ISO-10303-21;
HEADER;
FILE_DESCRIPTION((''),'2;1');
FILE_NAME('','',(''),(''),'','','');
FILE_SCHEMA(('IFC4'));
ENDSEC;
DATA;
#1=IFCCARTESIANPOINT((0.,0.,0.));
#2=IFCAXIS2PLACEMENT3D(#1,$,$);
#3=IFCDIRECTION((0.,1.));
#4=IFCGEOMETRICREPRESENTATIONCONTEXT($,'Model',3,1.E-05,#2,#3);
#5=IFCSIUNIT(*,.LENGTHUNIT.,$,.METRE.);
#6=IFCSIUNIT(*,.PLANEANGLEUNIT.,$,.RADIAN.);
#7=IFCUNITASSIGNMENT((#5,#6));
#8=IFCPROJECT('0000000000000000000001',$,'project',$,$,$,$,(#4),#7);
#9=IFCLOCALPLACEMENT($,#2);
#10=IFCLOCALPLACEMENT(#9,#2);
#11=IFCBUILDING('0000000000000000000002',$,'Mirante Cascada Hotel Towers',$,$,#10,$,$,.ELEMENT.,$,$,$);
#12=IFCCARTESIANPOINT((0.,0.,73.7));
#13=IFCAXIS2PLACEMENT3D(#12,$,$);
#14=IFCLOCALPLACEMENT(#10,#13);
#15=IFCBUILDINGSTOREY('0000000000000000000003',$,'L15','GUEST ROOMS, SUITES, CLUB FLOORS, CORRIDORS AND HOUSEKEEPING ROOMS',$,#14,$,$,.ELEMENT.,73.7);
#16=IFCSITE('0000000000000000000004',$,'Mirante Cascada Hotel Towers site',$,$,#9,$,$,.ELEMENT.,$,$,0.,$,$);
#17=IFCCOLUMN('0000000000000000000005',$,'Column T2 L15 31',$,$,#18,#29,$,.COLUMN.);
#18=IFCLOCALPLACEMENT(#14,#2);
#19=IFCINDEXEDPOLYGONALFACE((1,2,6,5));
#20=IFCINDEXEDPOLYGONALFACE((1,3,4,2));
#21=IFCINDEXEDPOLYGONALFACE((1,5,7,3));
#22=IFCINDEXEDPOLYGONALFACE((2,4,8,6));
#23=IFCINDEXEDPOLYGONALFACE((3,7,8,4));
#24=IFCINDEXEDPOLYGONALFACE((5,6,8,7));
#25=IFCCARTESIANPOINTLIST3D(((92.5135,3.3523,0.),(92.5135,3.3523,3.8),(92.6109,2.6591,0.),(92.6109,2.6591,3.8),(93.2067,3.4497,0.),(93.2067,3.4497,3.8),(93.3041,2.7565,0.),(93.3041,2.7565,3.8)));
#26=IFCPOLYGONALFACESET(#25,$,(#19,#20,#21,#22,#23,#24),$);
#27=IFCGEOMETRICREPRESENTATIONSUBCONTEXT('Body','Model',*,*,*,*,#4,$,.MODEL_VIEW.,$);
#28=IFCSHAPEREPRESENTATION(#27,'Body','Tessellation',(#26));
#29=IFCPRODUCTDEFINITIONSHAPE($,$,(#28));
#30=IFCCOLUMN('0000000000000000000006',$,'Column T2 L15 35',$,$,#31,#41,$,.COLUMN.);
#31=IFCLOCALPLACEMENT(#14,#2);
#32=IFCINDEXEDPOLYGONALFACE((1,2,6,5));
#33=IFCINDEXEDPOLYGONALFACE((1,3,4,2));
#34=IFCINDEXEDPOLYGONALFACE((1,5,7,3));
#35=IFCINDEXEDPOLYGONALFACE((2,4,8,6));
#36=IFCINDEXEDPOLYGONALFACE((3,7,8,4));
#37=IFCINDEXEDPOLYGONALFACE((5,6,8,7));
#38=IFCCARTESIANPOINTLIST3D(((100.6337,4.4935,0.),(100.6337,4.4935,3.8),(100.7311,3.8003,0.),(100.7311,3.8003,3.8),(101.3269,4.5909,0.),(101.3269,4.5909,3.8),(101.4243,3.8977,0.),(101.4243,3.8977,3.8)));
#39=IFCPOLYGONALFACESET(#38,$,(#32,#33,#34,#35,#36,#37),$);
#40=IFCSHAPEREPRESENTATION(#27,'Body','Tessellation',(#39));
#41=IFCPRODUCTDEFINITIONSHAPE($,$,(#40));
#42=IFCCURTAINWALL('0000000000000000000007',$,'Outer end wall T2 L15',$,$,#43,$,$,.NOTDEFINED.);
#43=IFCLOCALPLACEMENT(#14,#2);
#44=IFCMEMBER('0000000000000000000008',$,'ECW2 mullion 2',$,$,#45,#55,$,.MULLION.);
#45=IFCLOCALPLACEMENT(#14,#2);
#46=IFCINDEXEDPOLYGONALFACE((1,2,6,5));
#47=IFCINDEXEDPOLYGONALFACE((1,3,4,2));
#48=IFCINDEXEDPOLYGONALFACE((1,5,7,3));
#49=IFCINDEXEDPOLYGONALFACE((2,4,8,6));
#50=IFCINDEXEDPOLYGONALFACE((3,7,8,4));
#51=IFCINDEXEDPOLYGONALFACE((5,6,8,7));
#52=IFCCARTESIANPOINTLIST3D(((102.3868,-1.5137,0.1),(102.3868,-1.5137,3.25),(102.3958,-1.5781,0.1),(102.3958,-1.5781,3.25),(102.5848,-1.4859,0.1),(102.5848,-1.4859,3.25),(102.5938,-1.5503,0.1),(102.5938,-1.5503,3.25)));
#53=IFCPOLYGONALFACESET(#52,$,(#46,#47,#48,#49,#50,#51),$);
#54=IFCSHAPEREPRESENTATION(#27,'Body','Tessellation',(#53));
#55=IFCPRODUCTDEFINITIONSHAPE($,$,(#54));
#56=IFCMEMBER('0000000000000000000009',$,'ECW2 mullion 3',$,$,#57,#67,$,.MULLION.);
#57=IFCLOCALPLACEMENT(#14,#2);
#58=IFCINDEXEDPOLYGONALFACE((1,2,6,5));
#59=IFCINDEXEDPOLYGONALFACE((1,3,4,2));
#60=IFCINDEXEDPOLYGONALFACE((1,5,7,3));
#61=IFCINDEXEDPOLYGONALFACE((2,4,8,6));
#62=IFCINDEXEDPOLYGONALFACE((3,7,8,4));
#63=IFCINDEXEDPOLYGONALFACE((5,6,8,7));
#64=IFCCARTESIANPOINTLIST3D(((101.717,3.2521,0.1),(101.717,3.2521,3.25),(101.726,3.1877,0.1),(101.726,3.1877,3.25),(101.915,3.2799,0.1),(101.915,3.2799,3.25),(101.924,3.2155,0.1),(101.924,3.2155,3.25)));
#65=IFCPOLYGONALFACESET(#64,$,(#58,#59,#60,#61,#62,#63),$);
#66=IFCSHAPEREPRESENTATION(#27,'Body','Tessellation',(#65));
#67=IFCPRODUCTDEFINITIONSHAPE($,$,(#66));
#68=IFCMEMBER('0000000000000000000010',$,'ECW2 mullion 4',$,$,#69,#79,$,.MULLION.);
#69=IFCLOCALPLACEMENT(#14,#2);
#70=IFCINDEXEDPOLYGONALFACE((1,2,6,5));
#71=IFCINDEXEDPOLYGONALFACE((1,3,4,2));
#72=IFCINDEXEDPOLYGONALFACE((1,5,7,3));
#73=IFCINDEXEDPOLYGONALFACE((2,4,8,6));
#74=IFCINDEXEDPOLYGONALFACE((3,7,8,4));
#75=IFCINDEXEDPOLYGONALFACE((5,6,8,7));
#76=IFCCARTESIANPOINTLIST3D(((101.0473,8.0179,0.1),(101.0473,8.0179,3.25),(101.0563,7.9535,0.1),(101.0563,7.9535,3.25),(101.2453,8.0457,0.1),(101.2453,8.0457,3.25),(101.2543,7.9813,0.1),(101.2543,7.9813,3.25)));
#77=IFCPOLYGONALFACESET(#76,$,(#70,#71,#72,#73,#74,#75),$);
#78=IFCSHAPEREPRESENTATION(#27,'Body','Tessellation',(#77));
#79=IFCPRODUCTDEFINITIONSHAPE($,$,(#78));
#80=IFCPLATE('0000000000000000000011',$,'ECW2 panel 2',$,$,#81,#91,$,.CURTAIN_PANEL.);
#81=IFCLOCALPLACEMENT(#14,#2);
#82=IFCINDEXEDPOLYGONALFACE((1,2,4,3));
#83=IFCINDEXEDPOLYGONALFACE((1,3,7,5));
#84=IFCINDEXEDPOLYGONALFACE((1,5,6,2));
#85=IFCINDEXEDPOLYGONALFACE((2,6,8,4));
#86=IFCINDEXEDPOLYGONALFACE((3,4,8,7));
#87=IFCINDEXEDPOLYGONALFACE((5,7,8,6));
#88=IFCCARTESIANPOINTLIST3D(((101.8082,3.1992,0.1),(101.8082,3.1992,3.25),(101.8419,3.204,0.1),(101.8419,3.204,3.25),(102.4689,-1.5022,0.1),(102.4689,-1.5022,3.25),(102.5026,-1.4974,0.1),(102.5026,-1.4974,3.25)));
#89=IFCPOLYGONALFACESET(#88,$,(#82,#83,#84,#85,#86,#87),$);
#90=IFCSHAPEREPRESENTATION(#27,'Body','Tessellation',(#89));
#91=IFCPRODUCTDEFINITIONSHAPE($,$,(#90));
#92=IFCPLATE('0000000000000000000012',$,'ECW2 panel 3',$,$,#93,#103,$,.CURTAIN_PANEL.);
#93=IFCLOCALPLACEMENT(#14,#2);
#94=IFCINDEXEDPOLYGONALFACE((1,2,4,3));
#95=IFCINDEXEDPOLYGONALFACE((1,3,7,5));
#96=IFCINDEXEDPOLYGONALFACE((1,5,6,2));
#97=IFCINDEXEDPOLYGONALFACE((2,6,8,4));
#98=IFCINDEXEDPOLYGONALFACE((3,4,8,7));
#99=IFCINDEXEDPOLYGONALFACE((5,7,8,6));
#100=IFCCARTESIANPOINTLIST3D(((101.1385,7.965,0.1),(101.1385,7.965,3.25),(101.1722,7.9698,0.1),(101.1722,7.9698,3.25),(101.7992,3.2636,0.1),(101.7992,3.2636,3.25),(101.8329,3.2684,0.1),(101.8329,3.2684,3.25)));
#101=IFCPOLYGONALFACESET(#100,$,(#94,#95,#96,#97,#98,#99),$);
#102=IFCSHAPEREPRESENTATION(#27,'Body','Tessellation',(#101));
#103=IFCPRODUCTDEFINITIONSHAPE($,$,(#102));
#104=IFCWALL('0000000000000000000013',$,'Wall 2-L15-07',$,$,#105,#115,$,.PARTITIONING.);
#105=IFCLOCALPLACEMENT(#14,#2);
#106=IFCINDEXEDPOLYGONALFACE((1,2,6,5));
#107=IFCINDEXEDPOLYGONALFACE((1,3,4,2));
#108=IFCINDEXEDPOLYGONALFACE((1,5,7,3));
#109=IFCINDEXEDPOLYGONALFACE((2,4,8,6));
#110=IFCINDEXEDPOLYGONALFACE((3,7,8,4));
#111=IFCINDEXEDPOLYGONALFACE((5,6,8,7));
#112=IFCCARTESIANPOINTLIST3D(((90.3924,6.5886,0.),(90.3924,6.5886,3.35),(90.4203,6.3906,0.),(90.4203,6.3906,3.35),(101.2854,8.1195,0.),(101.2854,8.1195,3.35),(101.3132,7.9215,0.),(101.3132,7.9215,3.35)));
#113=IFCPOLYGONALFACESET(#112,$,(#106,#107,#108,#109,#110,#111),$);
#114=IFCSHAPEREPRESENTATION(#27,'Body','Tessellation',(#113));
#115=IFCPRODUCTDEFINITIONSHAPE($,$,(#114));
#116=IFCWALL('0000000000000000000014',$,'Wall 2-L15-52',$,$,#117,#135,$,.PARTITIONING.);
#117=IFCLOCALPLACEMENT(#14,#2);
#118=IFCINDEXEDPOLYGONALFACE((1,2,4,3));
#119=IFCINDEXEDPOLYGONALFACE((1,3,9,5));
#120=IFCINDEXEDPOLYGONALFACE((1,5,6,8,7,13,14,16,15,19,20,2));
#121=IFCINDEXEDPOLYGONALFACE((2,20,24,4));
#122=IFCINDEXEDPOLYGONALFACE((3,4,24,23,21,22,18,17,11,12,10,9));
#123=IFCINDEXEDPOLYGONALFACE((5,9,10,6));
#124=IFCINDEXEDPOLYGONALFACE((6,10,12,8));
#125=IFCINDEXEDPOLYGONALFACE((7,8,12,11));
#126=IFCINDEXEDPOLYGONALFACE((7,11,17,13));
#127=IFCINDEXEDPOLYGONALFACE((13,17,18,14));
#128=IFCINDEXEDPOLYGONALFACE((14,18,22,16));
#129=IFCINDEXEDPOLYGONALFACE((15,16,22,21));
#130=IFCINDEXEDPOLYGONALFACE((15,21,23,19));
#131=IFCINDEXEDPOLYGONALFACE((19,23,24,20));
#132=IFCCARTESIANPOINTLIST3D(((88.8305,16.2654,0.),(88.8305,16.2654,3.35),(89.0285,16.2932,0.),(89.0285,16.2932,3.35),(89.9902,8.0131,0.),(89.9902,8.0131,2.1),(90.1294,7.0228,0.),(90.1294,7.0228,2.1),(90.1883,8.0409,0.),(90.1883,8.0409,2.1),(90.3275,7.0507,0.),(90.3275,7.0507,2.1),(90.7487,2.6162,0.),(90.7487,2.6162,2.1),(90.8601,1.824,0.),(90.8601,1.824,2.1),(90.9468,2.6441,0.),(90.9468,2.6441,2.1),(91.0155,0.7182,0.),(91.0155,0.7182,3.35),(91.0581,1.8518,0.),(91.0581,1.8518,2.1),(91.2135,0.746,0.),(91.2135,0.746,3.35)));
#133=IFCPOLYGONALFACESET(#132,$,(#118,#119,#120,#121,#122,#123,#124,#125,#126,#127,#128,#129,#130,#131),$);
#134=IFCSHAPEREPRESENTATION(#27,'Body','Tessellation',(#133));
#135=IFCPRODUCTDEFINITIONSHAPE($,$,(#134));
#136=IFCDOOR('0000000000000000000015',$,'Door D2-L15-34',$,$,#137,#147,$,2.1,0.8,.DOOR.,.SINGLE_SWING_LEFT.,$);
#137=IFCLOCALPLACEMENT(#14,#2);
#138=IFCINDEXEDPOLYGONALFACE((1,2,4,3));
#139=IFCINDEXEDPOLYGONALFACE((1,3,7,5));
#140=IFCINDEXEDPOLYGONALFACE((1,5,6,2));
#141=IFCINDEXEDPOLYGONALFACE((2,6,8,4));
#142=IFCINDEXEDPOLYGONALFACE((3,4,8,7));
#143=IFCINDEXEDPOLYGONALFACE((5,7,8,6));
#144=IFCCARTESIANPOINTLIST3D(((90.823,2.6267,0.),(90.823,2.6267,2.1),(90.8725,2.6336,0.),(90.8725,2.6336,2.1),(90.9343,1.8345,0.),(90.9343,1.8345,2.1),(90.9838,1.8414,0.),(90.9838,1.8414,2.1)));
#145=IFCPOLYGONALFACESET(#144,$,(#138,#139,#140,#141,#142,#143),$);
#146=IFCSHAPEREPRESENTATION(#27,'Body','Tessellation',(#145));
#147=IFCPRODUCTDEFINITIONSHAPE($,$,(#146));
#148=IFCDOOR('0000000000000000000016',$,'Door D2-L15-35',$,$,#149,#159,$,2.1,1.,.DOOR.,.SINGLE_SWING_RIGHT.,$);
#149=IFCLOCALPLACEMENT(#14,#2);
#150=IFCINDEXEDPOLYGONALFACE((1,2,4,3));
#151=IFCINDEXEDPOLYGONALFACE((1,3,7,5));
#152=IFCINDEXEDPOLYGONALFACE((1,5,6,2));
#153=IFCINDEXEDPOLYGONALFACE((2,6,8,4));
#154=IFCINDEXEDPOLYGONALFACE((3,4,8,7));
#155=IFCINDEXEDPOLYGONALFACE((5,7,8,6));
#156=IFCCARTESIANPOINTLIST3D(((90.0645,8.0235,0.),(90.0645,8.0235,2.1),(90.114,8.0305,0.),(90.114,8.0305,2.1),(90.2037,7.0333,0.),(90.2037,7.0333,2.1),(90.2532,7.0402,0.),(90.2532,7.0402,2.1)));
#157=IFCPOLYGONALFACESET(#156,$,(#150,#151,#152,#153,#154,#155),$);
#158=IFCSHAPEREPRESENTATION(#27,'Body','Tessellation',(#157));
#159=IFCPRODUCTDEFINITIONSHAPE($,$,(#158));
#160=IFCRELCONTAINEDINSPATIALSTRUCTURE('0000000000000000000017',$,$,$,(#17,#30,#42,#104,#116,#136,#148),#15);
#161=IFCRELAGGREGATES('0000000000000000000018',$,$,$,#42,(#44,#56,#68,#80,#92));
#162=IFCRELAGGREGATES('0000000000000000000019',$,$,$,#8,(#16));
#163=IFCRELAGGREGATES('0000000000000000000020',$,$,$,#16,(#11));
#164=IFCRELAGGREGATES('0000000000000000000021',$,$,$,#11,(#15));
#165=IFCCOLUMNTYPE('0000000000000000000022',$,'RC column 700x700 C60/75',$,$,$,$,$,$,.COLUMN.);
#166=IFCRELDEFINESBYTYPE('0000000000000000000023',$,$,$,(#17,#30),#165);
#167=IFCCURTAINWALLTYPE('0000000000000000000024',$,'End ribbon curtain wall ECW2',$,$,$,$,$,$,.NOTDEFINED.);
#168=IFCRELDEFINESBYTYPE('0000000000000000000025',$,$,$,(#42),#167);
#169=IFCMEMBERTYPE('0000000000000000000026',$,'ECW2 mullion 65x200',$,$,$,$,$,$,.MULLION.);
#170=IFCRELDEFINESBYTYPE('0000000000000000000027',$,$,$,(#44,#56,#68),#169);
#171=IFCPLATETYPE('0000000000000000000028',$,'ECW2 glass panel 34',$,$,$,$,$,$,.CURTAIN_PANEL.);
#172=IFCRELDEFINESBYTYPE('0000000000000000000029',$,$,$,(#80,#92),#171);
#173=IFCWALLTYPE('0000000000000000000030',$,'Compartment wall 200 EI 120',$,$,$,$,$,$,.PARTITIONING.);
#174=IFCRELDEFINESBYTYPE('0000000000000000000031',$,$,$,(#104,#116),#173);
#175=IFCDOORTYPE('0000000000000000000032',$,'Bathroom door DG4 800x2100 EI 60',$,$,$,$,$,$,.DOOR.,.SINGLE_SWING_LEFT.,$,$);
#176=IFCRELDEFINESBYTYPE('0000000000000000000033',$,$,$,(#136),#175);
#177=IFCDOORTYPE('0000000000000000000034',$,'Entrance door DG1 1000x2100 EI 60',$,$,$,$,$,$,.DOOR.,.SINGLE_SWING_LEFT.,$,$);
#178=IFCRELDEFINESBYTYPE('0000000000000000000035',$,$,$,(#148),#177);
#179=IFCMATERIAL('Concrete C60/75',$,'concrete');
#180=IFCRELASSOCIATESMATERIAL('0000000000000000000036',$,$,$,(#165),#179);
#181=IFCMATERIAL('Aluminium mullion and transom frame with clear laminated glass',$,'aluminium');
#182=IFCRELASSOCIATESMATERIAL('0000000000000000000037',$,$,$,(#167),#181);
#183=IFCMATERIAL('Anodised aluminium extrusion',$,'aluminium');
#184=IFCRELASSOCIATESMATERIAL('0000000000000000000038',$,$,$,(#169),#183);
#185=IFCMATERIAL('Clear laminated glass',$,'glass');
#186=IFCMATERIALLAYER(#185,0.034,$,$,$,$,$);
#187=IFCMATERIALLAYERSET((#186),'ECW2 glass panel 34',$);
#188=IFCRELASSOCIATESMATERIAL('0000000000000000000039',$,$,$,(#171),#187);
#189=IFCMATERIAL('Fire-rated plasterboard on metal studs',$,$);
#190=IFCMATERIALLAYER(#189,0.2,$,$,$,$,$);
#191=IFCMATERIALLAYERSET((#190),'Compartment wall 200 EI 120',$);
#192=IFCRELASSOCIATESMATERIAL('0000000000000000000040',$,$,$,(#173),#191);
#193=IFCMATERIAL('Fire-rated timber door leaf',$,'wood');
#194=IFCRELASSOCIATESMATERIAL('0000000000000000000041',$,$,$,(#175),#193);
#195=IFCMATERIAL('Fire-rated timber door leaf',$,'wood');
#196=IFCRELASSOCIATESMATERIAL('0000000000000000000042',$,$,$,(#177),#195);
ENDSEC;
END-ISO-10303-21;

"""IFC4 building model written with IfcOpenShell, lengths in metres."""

from ifc_helpers import new_model, si_unit, direction, frame, frame_2d, origin, origin_2d, place, context, subcontext, project, spatial, rectangle, extrude, material, layer, layer_set, material_profile, profile_set, type_object, element, fill, aggregate, save


model = new_model("IFC4")

# Units and contexts
model_context = context("Model", 3, precision=1e-05, world=origin(), true_north=direction((0.0, 1.0)))
body_context = subcontext(model_context, "Body", "Model", "MODEL_VIEW")
ifc_project = project(units=[si_unit("LENGTHUNIT", "METRE"), si_unit("PLANEANGLEUNIT", "RADIAN")], contexts=[model_context])

# Site, building, storey
site_placement = place(None, origin())
site = spatial("IfcSite", under=ifc_project, at=site_placement, Name="Mirante Cascada Hotel Towers site", CompositionType="ELEMENT", RefElevation=0.0)
building_placement = place(site_placement, origin())
building = spatial("IfcBuilding", under=site, at=building_placement, Name="Mirante Cascada Hotel Towers", CompositionType="ELEMENT")
storey_placement = place(building_placement, frame((0.0, 0.0, 73.7)))
storey = spatial("IfcBuildingStorey", under=building, at=storey_placement, Name="L15", Description="GUEST ROOMS, SUITES, CLUB FLOORS, CORRIDORS AND HOUSEKEEPING ROOMS", CompositionType="ELEMENT", Elevation=73.7)

# Columns
ifc_material_1 = material(Name="Concrete C60/75", Category="concrete")
ifc_material_profile_1 = material_profile(ifc_material_1, rectangle(XDim=0.7, YDim=0.7, at=origin_2d()), Name="RC column 700x700 C60/75")
ifc_profile_set_1 = profile_set([ifc_material_profile_1], Name="Concrete C60/75")
column_type = type_object("IfcColumnType", Name="RC column 700x700 C60/75", PredefinedType="COLUMN", material=ifc_profile_set_1)
for number, where, z_axis, x_axis, name in (
    (1, (92.9088, 3.0544, 0.0), (0.0, 0.0, 1.0), (0.990268, 0.139173, 0.0), "Column T2 L15 31"),
    (2, (101.029, 4.1956, 0.0), (0.0, 0.0, 1.0), (0.990268, 0.139173, 0.0), "Column T2 L15 35"),
):
    element("IfcColumn", number, at=place(storey_placement, frame(where, z_axis=z_axis, x_axis=x_axis)), inside=storey, type_object=column_type, Name=name, PredefinedType="COLUMN", context=body_context, shape_type="SweptSolid", body=[
        extrude(rectangle(XDim=0.7, YDim=0.7, at=origin_2d()), origin(), (0.0, 0.0, 1.0), 3.8),
    ])

# Curtain wall, members, plates
ifc_material_2 = material(Name="Aluminium mullion and transom frame with clear laminated glass", Category="aluminium")
curtain_wall_type = type_object("IfcCurtainWallType", Name="End ribbon curtain wall ECW2", PredefinedType="NOTDEFINED", material=ifc_material_2)
curtain_wall_placement = place(storey_placement, origin())
curtain_wall = element("IfcCurtainWall", 3, at=curtain_wall_placement, inside=storey, type_object=curtain_wall_type, Name="Outer end wall T2 L15", PredefinedType="NOTDEFINED")
ifc_material_3 = material(Name="Anodised aluminium extrusion", Category="aluminium")
ifc_material_profile_2 = material_profile(ifc_material_3, rectangle(XDim=0.2, YDim=0.065, at=origin_2d()), Name="ECW2 MULLION 65x200")
ifc_profile_set_2 = profile_set([ifc_material_profile_2], Name="Anodised aluminium extrusion")
member_type = type_object("IfcMemberType", Name="ECW2 mullion 65x200", PredefinedType="MULLION", material=ifc_profile_set_2)
member_1_placement = place(storey_placement, frame((102.4903, -1.532, 0.1), z_axis=(0.0, 0.0, 1.0), x_axis=(-0.990268, -0.139173, 0.0)))
member_1 = element("IfcMember", 4, at=member_1_placement, type_object=member_type, Name="ECW2 mullion 2", PredefinedType="MULLION", context=body_context, shape_type="SweptSolid", body=[
    extrude(rectangle(XDim=0.2, YDim=0.065, at=origin_2d()), origin(), (0.0, 0.0, 1.0), 3.15),
])
member_2_placement = place(storey_placement, frame((101.8205, 3.2338, 0.1), z_axis=(0.0, 0.0, 1.0), x_axis=(-0.990268, -0.139173, 0.0)))
member_2 = element("IfcMember", 5, at=member_2_placement, type_object=member_type, Name="ECW2 mullion 3", PredefinedType="MULLION", context=body_context, shape_type="SweptSolid", body=[
    extrude(rectangle(XDim=0.2, YDim=0.065, at=origin_2d()), origin(), (0.0, 0.0, 1.0), 3.15),
])
member_3_placement = place(storey_placement, frame((101.1508, 7.9996, 0.1), z_axis=(0.0, 0.0, 1.0), x_axis=(-0.990268, -0.139173, 0.0)))
member_3 = element("IfcMember", 6, at=member_3_placement, type_object=member_type, Name="ECW2 mullion 4", PredefinedType="MULLION", context=body_context, shape_type="SweptSolid", body=[
    extrude(rectangle(XDim=0.2, YDim=0.065, at=origin_2d()), origin(), (0.0, 0.0, 1.0), 3.15),
])
ifc_material_4 = material(Name="Clear laminated glass", Category="glass")
ifc_layer_1 = layer(ifc_material_4, 0.034)
ifc_layer_set_1 = layer_set([ifc_layer_1], Name="ECW2 glass panel 34")
plate_type = type_object("IfcPlateType", Name="ECW2 glass panel 34", PredefinedType="CURTAIN_PANEL", material=ifc_layer_set_1)
plate_1_placement = place(storey_placement, frame((102.1554, 0.8509, 0.1), z_axis=(0.0, 0.0, 1.0), x_axis=(-0.139173, 0.990268, 0.0)))
plate_1 = element("IfcPlate", 7, at=plate_1_placement, type_object=plate_type, Name="ECW2 panel 2", PredefinedType="CURTAIN_PANEL", context=body_context, shape_type="SweptSolid", body=[
    extrude(rectangle(XDim=4.7476, YDim=0.034, at=origin_2d()), origin(), (0.0, 0.0, 1.0), 3.15),
])
plate_2_placement = place(storey_placement, frame((101.4857, 5.6167, 0.1), z_axis=(0.0, 0.0, 1.0), x_axis=(-0.139173, 0.990268, 0.0)))
plate_2 = element("IfcPlate", 8, at=plate_2_placement, type_object=plate_type, Name="ECW2 panel 3", PredefinedType="CURTAIN_PANEL", context=body_context, shape_type="SweptSolid", body=[
    extrude(rectangle(XDim=4.7476, YDim=0.034, at=origin_2d()), origin(), (0.0, 0.0, 1.0), 3.15),
])
aggregate(curtain_wall, [member_1, member_2, member_3, plate_1, plate_2])

# Wall
ifc_material_5 = material(Name="Fire-rated plasterboard on metal studs")
ifc_layer_2 = layer(ifc_material_5, 0.2)
ifc_layer_set_2 = layer_set([ifc_layer_2], Name="Compartment wall 200 EI 120")
wall_type_1 = type_object("IfcWallType", Name="Compartment wall 200 EI 120", PredefinedType="PARTITIONING", material=ifc_layer_set_2)
wall_1_placement = place(storey_placement, frame((101.2993, 8.0205, 0.0), z_axis=(0.0, 0.0, 1.0), x_axis=(-0.990268, -0.139173, 0.0)))
element("IfcWall", 9, at=wall_1_placement, inside=storey, type_object=wall_type_1, Name="Wall 2-L15-07", PredefinedType="PARTITIONING", context=body_context, shape_type="SweptSolid", body=[
    extrude(rectangle(XDim=11.0, YDim=0.2, at=frame_2d((5.5, 0.0))), origin(), (0.0, 0.0, 1.0), 3.35),
])

# Wall, openings, doors
wall_2_placement = place(storey_placement, frame((91.1145, 0.7321, 0.0), z_axis=(0.0, 0.0, 1.0), x_axis=(-0.139172, 0.990268, 0.0)))
wall_2 = element("IfcWall", 10, at=wall_2_placement, inside=storey, type_object=wall_type_1, Name="Wall 2-L15-52", PredefinedType="PARTITIONING", context=body_context, shape_type="SweptSolid", body=[
    extrude(rectangle(XDim=15.7, YDim=0.2, at=frame_2d((7.85, 0.0))), origin(), (0.0, 0.0, 1.0), 3.35),
])
opening_1_placement = place(wall_2_placement, frame((1.1167, 0.0, 0.0)))
opening_1 = element("IfcOpeningElement", 11, at=opening_1_placement, cuts=wall_2, PredefinedType="OPENING", context=body_context, shape_type="SweptSolid", body=[
    extrude(rectangle(XDim=0.8, YDim=2.1, at=frame_2d((0.4, 1.05))), frame((0.0, 0.1, 0.0), z_axis=(0.0, -1.0, 0.0), x_axis=(1.0, 0.0, 0.0)), (0.0, 0.0, 1.0), 0.2),
])
opening_2_placement = place(wall_2_placement, frame((6.3666, 0.0, 0.0)))
opening_2 = element("IfcOpeningElement", 12, at=opening_2_placement, cuts=wall_2, PredefinedType="OPENING", context=body_context, shape_type="SweptSolid", body=[
    extrude(rectangle(XDim=1.0, YDim=2.1, at=frame_2d((0.5, 1.05))), frame((0.0, 0.1, 0.0), z_axis=(0.0, -1.0, 0.0), x_axis=(1.0, 0.0, 0.0)), (0.0, 0.0, 1.0), 0.2),
])
ifc_material_6 = material(Name="Fire-rated timber door leaf", Category="wood")
door_type_1 = type_object("IfcDoorType", Name="Bathroom door DG4 800x2100 EI 60", OperationType="SINGLE_SWING_LEFT", PredefinedType="DOOR", material=ifc_material_6)
door_1_placement = place(opening_1_placement, origin())
door_1 = element("IfcDoor", 13, at=door_1_placement, inside=storey, type_object=door_type_1, Name="Door D2-L15-34", OperationType="SINGLE_SWING_LEFT", OverallHeight=2.1, OverallWidth=0.8, PredefinedType="DOOR", context=body_context, shape_type="SweptSolid", body=[
    extrude(rectangle(XDim=0.8, YDim=2.1, at=frame_2d((0.4, 1.05))), frame((0.0, 0.025, 0.0), z_axis=(0.0, -1.0, 0.0), x_axis=(1.0, 0.0, 0.0)), (0.0, 0.0, 1.0), 0.05),
])
fill(opening_1, door_1)
ifc_material_7 = material(Name="Fire-rated timber door leaf", Category="wood")
door_type_2 = type_object("IfcDoorType", Name="Entrance door DG1 1000x2100 EI 60", OperationType="SINGLE_SWING_LEFT", PredefinedType="DOOR", material=ifc_material_7)
door_2_placement = place(opening_2_placement, frame((1.0, 0.0, 0.0), z_axis=(0.0, 0.0, 1.0), x_axis=(-1.0, 0.0, 0.0)))
door_2 = element("IfcDoor", 14, at=door_2_placement, inside=storey, type_object=door_type_2, Name="Door D2-L15-35", OperationType="SINGLE_SWING_RIGHT", OverallHeight=2.1, OverallWidth=1.0, PredefinedType="DOOR", context=body_context, shape_type="SweptSolid", body=[
    extrude(rectangle(XDim=1.0, YDim=2.1, at=frame_2d((0.5, 1.05))), frame((0.0, 0.025, 0.0), z_axis=(0.0, -1.0, 0.0), x_axis=(1.0, 0.0, 0.0)), (0.0, 0.0, 1.0), 0.05),
])
fill(opening_2, door_2)

save(model, "model.ifc")
